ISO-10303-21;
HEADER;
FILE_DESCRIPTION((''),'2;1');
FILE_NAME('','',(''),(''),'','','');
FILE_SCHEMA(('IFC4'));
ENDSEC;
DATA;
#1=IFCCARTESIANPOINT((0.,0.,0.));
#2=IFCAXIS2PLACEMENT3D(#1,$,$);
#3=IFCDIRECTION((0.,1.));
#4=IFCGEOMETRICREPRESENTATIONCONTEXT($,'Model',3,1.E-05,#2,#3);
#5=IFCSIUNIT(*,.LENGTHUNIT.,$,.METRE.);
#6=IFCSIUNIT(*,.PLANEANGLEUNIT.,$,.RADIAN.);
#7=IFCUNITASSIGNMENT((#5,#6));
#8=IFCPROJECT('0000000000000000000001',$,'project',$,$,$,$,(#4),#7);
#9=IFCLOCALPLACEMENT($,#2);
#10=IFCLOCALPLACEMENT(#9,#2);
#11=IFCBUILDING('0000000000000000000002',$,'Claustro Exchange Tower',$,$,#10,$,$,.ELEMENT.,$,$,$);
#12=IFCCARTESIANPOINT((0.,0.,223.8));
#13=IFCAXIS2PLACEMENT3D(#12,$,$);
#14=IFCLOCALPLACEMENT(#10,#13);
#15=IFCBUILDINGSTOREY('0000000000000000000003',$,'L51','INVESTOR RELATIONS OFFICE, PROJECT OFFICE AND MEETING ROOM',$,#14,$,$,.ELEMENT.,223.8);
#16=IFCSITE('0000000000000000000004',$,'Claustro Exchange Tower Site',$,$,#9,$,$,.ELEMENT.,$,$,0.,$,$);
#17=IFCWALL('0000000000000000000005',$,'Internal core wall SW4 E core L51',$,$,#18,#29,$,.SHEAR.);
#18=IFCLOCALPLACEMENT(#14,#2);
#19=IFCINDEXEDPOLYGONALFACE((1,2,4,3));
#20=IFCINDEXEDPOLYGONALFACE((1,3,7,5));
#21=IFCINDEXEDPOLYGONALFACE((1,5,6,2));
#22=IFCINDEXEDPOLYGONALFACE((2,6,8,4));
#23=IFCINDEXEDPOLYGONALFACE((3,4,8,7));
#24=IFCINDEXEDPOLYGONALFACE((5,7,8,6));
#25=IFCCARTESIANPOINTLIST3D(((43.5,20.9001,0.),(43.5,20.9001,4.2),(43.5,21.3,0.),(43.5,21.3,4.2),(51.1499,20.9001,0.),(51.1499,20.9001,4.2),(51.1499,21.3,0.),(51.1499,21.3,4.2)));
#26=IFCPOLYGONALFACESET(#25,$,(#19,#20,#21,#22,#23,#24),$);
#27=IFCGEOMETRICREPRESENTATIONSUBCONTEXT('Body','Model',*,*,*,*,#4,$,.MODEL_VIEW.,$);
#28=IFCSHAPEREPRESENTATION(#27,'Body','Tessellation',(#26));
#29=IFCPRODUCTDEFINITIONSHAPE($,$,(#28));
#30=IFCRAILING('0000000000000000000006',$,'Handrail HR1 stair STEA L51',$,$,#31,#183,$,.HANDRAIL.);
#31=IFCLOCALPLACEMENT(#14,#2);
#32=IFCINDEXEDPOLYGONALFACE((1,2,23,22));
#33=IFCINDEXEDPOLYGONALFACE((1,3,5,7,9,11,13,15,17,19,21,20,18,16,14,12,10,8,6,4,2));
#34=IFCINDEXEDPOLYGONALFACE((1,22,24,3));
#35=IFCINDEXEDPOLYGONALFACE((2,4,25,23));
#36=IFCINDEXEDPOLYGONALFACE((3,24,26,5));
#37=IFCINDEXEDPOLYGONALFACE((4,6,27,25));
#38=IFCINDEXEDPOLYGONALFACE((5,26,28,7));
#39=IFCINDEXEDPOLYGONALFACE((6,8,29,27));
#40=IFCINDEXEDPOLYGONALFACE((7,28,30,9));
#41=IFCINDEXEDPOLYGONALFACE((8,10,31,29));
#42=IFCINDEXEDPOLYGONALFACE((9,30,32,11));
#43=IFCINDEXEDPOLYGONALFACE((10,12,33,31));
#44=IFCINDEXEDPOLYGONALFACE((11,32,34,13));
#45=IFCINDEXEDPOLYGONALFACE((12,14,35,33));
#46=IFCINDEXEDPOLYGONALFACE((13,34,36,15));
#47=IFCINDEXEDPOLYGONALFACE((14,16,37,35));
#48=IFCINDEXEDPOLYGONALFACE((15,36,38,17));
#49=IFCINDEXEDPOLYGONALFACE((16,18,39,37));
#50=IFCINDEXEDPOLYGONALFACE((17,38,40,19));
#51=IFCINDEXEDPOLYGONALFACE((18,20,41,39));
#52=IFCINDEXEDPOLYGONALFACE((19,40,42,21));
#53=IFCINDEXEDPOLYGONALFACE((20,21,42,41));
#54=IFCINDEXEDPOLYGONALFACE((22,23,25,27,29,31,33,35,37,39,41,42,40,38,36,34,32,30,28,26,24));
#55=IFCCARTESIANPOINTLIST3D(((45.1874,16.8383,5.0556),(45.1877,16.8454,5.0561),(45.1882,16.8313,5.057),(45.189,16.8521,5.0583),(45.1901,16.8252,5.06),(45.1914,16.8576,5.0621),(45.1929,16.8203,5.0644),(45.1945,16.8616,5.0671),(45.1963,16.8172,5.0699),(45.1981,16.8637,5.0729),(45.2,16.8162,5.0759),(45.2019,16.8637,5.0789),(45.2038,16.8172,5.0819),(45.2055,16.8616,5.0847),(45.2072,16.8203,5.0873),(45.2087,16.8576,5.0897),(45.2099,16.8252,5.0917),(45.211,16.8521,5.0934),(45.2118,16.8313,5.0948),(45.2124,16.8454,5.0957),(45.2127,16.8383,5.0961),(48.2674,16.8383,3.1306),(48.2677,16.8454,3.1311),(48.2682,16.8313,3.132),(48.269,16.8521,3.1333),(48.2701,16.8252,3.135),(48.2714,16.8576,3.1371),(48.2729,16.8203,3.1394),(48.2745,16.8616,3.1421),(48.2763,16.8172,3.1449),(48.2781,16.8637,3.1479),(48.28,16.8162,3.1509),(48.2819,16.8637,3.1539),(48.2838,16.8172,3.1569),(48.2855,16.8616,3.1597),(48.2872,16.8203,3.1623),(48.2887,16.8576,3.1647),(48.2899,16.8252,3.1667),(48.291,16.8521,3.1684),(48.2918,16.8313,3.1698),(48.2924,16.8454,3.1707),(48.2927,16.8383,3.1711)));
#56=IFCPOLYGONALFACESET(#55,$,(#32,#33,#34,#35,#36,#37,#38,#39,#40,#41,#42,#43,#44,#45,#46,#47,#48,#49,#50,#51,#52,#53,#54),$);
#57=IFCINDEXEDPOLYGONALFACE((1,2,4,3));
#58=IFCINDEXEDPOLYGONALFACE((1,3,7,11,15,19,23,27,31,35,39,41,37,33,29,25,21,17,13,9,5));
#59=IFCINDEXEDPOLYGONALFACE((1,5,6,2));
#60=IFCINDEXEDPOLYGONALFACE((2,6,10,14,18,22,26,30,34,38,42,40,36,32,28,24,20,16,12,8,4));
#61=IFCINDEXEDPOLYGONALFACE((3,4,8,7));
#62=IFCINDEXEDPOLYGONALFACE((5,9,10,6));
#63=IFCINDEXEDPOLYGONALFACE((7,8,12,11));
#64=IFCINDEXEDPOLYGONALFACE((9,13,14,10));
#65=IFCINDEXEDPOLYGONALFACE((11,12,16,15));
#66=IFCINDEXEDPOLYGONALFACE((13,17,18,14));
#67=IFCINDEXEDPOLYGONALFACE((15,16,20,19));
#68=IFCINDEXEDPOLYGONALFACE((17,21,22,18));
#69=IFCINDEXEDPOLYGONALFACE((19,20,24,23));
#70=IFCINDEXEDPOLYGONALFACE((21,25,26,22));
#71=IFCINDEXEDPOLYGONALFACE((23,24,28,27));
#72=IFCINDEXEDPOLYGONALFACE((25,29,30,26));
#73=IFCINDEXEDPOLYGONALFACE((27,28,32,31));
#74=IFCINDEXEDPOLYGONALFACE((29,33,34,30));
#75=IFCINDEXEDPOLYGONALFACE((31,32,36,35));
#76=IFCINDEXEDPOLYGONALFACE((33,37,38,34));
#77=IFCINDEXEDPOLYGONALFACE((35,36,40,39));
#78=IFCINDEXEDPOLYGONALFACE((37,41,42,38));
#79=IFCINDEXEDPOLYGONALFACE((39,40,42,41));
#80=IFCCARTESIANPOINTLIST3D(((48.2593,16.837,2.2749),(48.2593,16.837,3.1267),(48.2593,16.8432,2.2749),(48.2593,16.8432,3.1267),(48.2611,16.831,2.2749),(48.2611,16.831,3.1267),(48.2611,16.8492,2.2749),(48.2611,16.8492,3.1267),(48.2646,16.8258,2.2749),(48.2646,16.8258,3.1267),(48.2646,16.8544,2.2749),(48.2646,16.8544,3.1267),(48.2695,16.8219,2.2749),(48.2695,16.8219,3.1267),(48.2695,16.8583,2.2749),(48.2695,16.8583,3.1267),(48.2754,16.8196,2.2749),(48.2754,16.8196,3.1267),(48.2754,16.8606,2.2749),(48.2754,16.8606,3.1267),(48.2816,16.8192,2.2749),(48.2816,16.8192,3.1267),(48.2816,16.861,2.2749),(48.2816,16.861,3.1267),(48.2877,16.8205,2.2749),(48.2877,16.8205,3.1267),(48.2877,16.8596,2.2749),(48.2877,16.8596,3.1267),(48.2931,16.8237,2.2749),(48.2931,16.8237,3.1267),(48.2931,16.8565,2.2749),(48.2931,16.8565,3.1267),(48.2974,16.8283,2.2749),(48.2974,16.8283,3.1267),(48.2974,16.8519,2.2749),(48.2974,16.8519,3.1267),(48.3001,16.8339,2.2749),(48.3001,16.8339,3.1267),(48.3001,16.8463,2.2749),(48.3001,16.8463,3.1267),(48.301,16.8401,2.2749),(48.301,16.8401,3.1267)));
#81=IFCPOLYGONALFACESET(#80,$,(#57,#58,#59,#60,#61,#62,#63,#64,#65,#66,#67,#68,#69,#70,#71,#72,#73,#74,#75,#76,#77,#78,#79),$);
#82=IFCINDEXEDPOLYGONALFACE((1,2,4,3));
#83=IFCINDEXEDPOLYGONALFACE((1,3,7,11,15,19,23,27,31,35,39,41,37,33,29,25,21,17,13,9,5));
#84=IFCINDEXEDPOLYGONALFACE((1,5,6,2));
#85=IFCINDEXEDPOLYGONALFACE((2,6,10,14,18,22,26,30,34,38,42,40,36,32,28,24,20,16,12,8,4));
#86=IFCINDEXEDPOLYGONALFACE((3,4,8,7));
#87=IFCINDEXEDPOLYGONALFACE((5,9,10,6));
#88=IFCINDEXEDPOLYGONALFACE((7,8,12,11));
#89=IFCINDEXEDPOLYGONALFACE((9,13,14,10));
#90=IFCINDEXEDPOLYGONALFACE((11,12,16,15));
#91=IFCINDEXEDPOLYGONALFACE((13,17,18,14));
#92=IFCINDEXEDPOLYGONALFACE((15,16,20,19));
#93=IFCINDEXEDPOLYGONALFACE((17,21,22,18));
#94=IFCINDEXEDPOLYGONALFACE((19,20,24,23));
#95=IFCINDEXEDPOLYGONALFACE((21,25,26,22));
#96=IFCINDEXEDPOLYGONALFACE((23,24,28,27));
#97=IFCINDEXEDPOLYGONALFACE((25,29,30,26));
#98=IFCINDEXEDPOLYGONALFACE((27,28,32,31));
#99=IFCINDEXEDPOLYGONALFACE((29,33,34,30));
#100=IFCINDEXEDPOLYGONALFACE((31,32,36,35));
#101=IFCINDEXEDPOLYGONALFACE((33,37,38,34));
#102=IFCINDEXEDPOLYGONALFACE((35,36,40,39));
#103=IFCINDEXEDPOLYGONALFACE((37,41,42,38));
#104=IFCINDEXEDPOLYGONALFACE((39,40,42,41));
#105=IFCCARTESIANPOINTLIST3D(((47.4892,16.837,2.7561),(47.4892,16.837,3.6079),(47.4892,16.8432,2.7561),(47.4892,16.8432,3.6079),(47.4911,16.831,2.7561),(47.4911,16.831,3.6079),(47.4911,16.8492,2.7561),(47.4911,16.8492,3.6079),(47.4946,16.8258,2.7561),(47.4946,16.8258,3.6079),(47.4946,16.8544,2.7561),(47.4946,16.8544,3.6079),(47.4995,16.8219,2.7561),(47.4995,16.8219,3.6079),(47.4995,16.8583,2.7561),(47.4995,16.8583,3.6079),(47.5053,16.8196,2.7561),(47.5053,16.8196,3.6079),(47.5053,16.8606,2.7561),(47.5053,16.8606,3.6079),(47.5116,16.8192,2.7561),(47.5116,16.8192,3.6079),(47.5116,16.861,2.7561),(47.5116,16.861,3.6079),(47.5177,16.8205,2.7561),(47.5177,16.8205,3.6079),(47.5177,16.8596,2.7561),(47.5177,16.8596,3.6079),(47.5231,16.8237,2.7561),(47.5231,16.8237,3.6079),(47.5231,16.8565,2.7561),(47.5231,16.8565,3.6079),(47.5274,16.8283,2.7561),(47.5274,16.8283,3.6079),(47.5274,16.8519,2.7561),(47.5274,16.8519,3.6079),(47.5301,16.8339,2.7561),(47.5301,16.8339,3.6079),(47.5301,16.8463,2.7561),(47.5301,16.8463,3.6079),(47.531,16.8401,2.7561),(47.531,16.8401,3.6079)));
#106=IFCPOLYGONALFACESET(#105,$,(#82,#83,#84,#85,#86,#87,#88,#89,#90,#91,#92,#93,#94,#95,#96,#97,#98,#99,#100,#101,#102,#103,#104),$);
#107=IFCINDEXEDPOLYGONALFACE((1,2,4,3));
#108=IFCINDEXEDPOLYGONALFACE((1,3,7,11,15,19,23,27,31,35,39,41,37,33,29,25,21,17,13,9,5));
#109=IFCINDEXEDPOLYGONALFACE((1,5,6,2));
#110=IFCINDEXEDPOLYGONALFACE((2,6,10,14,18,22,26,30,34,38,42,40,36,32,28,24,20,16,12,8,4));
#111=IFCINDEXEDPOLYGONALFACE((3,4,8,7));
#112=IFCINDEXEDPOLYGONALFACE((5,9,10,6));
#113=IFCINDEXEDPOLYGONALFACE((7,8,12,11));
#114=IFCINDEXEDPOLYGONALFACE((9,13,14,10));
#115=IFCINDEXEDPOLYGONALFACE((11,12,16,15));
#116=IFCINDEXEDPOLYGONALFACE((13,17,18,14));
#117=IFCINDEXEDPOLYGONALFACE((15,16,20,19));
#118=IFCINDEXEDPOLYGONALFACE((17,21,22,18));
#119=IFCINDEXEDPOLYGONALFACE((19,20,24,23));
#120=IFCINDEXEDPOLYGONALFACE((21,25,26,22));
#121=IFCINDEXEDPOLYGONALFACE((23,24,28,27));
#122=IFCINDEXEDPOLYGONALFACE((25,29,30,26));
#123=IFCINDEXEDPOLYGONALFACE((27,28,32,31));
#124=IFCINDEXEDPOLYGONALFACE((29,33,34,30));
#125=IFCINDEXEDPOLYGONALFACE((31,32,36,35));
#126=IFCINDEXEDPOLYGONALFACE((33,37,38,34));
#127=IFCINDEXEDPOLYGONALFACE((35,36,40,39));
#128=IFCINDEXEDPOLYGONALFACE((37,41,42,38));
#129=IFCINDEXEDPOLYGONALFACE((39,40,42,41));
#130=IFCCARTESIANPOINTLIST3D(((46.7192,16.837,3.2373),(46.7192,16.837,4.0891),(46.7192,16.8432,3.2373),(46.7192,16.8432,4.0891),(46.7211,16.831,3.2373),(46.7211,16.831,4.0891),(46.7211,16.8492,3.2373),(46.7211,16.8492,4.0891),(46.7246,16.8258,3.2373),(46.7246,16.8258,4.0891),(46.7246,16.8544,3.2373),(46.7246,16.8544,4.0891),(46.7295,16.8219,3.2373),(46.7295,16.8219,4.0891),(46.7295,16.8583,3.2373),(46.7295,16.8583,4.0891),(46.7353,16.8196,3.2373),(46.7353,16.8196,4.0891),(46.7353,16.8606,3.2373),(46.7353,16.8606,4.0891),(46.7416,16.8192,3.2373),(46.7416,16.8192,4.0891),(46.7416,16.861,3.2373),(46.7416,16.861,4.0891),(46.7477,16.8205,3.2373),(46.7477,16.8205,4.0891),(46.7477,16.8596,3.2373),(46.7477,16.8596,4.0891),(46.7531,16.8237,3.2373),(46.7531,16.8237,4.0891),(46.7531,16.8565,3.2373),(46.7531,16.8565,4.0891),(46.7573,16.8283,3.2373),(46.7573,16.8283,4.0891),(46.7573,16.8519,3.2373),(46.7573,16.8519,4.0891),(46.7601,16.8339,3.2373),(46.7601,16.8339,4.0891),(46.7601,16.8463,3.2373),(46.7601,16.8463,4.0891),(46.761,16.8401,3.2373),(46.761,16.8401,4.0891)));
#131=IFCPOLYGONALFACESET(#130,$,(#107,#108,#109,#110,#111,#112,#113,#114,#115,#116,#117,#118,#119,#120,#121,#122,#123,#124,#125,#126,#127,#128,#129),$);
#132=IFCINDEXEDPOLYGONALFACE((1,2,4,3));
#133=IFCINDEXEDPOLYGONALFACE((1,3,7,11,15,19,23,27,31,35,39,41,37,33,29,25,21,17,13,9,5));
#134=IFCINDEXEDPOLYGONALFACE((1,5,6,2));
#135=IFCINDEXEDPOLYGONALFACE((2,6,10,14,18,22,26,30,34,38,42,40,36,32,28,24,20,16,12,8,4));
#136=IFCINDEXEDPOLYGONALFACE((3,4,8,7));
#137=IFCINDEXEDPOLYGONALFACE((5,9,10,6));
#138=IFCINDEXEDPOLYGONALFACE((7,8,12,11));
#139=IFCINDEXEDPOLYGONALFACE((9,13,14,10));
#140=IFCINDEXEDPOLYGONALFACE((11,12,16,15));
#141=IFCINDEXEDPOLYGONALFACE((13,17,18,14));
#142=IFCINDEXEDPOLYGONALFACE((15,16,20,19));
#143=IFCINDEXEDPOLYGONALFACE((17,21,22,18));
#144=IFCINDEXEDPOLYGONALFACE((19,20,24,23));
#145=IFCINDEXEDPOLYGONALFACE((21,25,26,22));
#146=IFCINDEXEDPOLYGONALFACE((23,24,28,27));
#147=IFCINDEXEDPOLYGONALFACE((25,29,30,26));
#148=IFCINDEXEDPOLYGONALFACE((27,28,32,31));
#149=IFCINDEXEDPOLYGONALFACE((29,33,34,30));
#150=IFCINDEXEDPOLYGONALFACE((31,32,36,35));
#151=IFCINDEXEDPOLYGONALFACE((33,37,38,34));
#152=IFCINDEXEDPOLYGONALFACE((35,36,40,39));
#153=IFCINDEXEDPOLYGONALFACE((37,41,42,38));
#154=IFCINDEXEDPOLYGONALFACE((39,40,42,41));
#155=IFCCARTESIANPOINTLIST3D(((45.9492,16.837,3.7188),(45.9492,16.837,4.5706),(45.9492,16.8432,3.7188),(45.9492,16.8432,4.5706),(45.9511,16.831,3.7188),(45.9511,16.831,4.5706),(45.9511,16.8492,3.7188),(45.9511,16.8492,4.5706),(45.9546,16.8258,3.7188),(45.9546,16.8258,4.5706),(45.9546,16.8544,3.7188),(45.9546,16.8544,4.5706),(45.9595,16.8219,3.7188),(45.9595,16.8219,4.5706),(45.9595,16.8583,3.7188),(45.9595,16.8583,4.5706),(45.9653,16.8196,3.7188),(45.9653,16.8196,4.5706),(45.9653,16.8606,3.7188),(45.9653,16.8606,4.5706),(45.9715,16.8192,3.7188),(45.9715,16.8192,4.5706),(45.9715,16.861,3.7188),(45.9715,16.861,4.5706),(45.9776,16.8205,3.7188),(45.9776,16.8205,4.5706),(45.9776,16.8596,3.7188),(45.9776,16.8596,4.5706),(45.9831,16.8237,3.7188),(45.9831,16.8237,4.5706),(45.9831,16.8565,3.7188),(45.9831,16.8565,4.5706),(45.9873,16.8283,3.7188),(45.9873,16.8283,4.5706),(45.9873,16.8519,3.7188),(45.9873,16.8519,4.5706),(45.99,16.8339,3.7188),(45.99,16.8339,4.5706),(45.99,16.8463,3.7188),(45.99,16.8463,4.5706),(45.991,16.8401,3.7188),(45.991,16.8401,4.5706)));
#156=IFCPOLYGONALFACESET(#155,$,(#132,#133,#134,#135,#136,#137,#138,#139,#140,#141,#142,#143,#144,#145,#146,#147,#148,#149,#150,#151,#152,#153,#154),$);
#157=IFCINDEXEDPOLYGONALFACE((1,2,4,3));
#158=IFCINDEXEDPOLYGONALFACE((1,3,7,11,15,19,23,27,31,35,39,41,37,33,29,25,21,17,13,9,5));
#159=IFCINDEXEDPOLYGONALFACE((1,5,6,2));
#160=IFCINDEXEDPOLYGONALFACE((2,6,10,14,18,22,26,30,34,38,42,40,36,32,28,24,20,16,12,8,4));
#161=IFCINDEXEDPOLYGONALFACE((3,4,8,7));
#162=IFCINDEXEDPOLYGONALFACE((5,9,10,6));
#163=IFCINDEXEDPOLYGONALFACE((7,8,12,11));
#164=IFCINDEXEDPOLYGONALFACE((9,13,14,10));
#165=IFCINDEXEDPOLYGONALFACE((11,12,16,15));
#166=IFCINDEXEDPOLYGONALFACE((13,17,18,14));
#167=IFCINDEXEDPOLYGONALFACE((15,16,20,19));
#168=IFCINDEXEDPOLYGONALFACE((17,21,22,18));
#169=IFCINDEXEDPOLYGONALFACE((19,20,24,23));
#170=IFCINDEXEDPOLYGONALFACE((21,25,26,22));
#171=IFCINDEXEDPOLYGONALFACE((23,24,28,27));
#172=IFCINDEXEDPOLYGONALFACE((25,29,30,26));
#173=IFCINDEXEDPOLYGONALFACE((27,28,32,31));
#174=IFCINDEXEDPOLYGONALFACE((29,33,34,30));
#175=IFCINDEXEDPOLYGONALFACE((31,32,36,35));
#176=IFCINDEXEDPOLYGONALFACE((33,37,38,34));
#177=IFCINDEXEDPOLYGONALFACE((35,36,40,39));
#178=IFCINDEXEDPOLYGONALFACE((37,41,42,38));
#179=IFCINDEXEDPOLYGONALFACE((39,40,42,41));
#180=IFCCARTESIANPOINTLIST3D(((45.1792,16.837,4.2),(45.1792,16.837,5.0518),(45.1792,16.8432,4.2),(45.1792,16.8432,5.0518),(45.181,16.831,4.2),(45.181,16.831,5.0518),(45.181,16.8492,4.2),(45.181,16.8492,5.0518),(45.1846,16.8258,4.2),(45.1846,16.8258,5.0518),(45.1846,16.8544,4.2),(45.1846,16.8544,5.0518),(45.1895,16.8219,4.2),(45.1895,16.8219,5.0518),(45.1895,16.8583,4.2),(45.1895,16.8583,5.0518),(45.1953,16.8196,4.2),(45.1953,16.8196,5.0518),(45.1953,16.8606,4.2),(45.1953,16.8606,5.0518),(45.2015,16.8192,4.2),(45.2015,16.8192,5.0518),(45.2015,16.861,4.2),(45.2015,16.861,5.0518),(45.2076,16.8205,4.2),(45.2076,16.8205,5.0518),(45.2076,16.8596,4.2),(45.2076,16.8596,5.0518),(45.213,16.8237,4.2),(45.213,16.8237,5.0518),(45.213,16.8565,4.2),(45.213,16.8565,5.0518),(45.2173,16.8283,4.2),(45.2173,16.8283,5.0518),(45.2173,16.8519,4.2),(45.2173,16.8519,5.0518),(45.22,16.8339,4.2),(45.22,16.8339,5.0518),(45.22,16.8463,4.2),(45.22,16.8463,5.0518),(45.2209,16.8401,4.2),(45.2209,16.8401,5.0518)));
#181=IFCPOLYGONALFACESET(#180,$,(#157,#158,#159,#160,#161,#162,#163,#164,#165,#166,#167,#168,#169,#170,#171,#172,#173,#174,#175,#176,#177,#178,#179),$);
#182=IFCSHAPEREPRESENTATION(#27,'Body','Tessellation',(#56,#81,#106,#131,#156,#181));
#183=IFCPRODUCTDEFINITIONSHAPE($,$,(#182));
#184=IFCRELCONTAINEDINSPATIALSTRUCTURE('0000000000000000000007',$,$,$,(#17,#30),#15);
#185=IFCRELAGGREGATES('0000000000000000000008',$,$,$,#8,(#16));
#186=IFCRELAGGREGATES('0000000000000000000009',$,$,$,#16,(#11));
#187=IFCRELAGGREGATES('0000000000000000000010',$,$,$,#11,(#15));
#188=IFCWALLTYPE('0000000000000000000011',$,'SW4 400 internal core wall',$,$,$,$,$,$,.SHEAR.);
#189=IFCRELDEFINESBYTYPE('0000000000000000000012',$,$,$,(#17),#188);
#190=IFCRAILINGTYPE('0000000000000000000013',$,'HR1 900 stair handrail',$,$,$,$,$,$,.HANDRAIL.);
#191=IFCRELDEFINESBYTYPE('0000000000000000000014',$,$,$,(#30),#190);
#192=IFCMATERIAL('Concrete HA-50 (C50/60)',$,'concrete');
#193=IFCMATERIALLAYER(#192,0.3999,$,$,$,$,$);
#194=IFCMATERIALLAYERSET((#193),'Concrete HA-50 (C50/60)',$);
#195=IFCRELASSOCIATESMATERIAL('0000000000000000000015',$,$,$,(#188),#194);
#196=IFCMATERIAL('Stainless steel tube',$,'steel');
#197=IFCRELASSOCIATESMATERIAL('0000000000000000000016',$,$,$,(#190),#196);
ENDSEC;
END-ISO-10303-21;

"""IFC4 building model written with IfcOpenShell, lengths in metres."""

from ifc_helpers import new_model, si_unit, direction, frame, frame_2d, origin, origin_2d, place, context, subcontext, project, spatial, rectangle, circle, extrude, material, layer, layer_set, type_object, element, save


model = new_model("IFC4")

# Units and contexts
model_context = context("Model", 3, precision=1e-05, world=origin(), true_north=direction((0.0, 1.0)))
body_context = subcontext(model_context, "Body", "Model", "MODEL_VIEW")
ifc_project = project(units=[si_unit("LENGTHUNIT", "METRE"), si_unit("PLANEANGLEUNIT", "RADIAN")], contexts=[model_context])

# Site, building, storey
site_placement = place(None, origin())
site = spatial("IfcSite", under=ifc_project, at=site_placement, Name="Claustro Exchange Tower Site", CompositionType="ELEMENT", RefElevation=0.0)
building_placement = place(site_placement, origin())
building = spatial("IfcBuilding", under=site, at=building_placement, Name="Claustro Exchange Tower", CompositionType="ELEMENT")
storey_placement = place(building_placement, frame((0.0, 0.0, 223.8)))
storey = spatial("IfcBuildingStorey", under=building, at=storey_placement, Name="L51", Description="INVESTOR RELATIONS OFFICE, PROJECT OFFICE AND MEETING ROOM", CompositionType="ELEMENT", Elevation=223.8)

# Wall
ifc_material_1 = material(Name="Concrete HA-50 (C50/60)", Category="concrete")
ifc_layer_1 = layer(ifc_material_1, 0.3999)
ifc_layer_set_1 = layer_set([ifc_layer_1], Name="Concrete HA-50 (C50/60)")
wall_type_1 = type_object("IfcWallType", Name="SW4 400 internal core wall", PredefinedType="SHEAR", material=ifc_layer_set_1)
for number, where, z_axis, x_axis, name in (
    (1, (51.1499, 21.1001, 0.0), (0.0, 0.0, 1.0), (-1.0, 0.0, 0.0), "Internal core wall SW4 E core L51"),
):
    element("IfcWall", number, at=place(storey_placement, frame(where, z_axis=z_axis, x_axis=x_axis)), inside=storey, type_object=wall_type_1, Name=name, PredefinedType="SHEAR", context=body_context, shape_type="SweptSolid", body=[
        extrude(rectangle(XDim=7.6499, YDim=0.3999, at=frame_2d((3.825, 0.0))), origin(), (0.0, 0.0, 1.0), 4.2),
    ])

# Railing
ifc_material_2 = material(Name="Stainless steel tube", Category="steel")
railing_type = type_object("IfcRailingType", Name="HR1 900 stair handrail", PredefinedType="HANDRAIL", material=ifc_material_2)
railing_placement = place(storey_placement, frame((48.28, 16.8401, 2.2749)))
element("IfcRailing", 2, at=railing_placement, inside=storey, type_object=railing_type, Name="Handrail HR1 stair STEA L51", PredefinedType="HANDRAIL", context=body_context, shape_type="SweptSolid", body=[
    extrude(circle(Radius=0.0239, at=origin_2d()), frame((0.0, 0.0, 0.876), z_axis=(-0.847998, 0.0, 0.529999), x_axis=(0.0, -1.0, 0.0)), (0.0, 0.0, 1.0), 3.6321),
    extrude(circle(Radius=0.021, at=origin_2d()), origin(), (0.0, 0.0, 1.0), 0.8518),
    extrude(circle(Radius=0.021, at=origin_2d()), frame((-0.77, 0.0, 0.4812)), (0.0, 0.0, 1.0), 0.8518),
    extrude(circle(Radius=0.021, at=origin_2d()), frame((-1.54, 0.0, 0.9624)), (0.0, 0.0, 1.0), 0.8518),
    extrude(circle(Radius=0.021, at=origin_2d()), frame((-2.3101, 0.0, 1.4438)), (0.0, 0.0, 1.0), 0.8518),
    extrude(circle(Radius=0.021, at=origin_2d()), frame((-3.0801, 0.0, 1.925)), (0.0, 0.0, 1.0), 0.8518),
])

save(model, "model.ifc")
